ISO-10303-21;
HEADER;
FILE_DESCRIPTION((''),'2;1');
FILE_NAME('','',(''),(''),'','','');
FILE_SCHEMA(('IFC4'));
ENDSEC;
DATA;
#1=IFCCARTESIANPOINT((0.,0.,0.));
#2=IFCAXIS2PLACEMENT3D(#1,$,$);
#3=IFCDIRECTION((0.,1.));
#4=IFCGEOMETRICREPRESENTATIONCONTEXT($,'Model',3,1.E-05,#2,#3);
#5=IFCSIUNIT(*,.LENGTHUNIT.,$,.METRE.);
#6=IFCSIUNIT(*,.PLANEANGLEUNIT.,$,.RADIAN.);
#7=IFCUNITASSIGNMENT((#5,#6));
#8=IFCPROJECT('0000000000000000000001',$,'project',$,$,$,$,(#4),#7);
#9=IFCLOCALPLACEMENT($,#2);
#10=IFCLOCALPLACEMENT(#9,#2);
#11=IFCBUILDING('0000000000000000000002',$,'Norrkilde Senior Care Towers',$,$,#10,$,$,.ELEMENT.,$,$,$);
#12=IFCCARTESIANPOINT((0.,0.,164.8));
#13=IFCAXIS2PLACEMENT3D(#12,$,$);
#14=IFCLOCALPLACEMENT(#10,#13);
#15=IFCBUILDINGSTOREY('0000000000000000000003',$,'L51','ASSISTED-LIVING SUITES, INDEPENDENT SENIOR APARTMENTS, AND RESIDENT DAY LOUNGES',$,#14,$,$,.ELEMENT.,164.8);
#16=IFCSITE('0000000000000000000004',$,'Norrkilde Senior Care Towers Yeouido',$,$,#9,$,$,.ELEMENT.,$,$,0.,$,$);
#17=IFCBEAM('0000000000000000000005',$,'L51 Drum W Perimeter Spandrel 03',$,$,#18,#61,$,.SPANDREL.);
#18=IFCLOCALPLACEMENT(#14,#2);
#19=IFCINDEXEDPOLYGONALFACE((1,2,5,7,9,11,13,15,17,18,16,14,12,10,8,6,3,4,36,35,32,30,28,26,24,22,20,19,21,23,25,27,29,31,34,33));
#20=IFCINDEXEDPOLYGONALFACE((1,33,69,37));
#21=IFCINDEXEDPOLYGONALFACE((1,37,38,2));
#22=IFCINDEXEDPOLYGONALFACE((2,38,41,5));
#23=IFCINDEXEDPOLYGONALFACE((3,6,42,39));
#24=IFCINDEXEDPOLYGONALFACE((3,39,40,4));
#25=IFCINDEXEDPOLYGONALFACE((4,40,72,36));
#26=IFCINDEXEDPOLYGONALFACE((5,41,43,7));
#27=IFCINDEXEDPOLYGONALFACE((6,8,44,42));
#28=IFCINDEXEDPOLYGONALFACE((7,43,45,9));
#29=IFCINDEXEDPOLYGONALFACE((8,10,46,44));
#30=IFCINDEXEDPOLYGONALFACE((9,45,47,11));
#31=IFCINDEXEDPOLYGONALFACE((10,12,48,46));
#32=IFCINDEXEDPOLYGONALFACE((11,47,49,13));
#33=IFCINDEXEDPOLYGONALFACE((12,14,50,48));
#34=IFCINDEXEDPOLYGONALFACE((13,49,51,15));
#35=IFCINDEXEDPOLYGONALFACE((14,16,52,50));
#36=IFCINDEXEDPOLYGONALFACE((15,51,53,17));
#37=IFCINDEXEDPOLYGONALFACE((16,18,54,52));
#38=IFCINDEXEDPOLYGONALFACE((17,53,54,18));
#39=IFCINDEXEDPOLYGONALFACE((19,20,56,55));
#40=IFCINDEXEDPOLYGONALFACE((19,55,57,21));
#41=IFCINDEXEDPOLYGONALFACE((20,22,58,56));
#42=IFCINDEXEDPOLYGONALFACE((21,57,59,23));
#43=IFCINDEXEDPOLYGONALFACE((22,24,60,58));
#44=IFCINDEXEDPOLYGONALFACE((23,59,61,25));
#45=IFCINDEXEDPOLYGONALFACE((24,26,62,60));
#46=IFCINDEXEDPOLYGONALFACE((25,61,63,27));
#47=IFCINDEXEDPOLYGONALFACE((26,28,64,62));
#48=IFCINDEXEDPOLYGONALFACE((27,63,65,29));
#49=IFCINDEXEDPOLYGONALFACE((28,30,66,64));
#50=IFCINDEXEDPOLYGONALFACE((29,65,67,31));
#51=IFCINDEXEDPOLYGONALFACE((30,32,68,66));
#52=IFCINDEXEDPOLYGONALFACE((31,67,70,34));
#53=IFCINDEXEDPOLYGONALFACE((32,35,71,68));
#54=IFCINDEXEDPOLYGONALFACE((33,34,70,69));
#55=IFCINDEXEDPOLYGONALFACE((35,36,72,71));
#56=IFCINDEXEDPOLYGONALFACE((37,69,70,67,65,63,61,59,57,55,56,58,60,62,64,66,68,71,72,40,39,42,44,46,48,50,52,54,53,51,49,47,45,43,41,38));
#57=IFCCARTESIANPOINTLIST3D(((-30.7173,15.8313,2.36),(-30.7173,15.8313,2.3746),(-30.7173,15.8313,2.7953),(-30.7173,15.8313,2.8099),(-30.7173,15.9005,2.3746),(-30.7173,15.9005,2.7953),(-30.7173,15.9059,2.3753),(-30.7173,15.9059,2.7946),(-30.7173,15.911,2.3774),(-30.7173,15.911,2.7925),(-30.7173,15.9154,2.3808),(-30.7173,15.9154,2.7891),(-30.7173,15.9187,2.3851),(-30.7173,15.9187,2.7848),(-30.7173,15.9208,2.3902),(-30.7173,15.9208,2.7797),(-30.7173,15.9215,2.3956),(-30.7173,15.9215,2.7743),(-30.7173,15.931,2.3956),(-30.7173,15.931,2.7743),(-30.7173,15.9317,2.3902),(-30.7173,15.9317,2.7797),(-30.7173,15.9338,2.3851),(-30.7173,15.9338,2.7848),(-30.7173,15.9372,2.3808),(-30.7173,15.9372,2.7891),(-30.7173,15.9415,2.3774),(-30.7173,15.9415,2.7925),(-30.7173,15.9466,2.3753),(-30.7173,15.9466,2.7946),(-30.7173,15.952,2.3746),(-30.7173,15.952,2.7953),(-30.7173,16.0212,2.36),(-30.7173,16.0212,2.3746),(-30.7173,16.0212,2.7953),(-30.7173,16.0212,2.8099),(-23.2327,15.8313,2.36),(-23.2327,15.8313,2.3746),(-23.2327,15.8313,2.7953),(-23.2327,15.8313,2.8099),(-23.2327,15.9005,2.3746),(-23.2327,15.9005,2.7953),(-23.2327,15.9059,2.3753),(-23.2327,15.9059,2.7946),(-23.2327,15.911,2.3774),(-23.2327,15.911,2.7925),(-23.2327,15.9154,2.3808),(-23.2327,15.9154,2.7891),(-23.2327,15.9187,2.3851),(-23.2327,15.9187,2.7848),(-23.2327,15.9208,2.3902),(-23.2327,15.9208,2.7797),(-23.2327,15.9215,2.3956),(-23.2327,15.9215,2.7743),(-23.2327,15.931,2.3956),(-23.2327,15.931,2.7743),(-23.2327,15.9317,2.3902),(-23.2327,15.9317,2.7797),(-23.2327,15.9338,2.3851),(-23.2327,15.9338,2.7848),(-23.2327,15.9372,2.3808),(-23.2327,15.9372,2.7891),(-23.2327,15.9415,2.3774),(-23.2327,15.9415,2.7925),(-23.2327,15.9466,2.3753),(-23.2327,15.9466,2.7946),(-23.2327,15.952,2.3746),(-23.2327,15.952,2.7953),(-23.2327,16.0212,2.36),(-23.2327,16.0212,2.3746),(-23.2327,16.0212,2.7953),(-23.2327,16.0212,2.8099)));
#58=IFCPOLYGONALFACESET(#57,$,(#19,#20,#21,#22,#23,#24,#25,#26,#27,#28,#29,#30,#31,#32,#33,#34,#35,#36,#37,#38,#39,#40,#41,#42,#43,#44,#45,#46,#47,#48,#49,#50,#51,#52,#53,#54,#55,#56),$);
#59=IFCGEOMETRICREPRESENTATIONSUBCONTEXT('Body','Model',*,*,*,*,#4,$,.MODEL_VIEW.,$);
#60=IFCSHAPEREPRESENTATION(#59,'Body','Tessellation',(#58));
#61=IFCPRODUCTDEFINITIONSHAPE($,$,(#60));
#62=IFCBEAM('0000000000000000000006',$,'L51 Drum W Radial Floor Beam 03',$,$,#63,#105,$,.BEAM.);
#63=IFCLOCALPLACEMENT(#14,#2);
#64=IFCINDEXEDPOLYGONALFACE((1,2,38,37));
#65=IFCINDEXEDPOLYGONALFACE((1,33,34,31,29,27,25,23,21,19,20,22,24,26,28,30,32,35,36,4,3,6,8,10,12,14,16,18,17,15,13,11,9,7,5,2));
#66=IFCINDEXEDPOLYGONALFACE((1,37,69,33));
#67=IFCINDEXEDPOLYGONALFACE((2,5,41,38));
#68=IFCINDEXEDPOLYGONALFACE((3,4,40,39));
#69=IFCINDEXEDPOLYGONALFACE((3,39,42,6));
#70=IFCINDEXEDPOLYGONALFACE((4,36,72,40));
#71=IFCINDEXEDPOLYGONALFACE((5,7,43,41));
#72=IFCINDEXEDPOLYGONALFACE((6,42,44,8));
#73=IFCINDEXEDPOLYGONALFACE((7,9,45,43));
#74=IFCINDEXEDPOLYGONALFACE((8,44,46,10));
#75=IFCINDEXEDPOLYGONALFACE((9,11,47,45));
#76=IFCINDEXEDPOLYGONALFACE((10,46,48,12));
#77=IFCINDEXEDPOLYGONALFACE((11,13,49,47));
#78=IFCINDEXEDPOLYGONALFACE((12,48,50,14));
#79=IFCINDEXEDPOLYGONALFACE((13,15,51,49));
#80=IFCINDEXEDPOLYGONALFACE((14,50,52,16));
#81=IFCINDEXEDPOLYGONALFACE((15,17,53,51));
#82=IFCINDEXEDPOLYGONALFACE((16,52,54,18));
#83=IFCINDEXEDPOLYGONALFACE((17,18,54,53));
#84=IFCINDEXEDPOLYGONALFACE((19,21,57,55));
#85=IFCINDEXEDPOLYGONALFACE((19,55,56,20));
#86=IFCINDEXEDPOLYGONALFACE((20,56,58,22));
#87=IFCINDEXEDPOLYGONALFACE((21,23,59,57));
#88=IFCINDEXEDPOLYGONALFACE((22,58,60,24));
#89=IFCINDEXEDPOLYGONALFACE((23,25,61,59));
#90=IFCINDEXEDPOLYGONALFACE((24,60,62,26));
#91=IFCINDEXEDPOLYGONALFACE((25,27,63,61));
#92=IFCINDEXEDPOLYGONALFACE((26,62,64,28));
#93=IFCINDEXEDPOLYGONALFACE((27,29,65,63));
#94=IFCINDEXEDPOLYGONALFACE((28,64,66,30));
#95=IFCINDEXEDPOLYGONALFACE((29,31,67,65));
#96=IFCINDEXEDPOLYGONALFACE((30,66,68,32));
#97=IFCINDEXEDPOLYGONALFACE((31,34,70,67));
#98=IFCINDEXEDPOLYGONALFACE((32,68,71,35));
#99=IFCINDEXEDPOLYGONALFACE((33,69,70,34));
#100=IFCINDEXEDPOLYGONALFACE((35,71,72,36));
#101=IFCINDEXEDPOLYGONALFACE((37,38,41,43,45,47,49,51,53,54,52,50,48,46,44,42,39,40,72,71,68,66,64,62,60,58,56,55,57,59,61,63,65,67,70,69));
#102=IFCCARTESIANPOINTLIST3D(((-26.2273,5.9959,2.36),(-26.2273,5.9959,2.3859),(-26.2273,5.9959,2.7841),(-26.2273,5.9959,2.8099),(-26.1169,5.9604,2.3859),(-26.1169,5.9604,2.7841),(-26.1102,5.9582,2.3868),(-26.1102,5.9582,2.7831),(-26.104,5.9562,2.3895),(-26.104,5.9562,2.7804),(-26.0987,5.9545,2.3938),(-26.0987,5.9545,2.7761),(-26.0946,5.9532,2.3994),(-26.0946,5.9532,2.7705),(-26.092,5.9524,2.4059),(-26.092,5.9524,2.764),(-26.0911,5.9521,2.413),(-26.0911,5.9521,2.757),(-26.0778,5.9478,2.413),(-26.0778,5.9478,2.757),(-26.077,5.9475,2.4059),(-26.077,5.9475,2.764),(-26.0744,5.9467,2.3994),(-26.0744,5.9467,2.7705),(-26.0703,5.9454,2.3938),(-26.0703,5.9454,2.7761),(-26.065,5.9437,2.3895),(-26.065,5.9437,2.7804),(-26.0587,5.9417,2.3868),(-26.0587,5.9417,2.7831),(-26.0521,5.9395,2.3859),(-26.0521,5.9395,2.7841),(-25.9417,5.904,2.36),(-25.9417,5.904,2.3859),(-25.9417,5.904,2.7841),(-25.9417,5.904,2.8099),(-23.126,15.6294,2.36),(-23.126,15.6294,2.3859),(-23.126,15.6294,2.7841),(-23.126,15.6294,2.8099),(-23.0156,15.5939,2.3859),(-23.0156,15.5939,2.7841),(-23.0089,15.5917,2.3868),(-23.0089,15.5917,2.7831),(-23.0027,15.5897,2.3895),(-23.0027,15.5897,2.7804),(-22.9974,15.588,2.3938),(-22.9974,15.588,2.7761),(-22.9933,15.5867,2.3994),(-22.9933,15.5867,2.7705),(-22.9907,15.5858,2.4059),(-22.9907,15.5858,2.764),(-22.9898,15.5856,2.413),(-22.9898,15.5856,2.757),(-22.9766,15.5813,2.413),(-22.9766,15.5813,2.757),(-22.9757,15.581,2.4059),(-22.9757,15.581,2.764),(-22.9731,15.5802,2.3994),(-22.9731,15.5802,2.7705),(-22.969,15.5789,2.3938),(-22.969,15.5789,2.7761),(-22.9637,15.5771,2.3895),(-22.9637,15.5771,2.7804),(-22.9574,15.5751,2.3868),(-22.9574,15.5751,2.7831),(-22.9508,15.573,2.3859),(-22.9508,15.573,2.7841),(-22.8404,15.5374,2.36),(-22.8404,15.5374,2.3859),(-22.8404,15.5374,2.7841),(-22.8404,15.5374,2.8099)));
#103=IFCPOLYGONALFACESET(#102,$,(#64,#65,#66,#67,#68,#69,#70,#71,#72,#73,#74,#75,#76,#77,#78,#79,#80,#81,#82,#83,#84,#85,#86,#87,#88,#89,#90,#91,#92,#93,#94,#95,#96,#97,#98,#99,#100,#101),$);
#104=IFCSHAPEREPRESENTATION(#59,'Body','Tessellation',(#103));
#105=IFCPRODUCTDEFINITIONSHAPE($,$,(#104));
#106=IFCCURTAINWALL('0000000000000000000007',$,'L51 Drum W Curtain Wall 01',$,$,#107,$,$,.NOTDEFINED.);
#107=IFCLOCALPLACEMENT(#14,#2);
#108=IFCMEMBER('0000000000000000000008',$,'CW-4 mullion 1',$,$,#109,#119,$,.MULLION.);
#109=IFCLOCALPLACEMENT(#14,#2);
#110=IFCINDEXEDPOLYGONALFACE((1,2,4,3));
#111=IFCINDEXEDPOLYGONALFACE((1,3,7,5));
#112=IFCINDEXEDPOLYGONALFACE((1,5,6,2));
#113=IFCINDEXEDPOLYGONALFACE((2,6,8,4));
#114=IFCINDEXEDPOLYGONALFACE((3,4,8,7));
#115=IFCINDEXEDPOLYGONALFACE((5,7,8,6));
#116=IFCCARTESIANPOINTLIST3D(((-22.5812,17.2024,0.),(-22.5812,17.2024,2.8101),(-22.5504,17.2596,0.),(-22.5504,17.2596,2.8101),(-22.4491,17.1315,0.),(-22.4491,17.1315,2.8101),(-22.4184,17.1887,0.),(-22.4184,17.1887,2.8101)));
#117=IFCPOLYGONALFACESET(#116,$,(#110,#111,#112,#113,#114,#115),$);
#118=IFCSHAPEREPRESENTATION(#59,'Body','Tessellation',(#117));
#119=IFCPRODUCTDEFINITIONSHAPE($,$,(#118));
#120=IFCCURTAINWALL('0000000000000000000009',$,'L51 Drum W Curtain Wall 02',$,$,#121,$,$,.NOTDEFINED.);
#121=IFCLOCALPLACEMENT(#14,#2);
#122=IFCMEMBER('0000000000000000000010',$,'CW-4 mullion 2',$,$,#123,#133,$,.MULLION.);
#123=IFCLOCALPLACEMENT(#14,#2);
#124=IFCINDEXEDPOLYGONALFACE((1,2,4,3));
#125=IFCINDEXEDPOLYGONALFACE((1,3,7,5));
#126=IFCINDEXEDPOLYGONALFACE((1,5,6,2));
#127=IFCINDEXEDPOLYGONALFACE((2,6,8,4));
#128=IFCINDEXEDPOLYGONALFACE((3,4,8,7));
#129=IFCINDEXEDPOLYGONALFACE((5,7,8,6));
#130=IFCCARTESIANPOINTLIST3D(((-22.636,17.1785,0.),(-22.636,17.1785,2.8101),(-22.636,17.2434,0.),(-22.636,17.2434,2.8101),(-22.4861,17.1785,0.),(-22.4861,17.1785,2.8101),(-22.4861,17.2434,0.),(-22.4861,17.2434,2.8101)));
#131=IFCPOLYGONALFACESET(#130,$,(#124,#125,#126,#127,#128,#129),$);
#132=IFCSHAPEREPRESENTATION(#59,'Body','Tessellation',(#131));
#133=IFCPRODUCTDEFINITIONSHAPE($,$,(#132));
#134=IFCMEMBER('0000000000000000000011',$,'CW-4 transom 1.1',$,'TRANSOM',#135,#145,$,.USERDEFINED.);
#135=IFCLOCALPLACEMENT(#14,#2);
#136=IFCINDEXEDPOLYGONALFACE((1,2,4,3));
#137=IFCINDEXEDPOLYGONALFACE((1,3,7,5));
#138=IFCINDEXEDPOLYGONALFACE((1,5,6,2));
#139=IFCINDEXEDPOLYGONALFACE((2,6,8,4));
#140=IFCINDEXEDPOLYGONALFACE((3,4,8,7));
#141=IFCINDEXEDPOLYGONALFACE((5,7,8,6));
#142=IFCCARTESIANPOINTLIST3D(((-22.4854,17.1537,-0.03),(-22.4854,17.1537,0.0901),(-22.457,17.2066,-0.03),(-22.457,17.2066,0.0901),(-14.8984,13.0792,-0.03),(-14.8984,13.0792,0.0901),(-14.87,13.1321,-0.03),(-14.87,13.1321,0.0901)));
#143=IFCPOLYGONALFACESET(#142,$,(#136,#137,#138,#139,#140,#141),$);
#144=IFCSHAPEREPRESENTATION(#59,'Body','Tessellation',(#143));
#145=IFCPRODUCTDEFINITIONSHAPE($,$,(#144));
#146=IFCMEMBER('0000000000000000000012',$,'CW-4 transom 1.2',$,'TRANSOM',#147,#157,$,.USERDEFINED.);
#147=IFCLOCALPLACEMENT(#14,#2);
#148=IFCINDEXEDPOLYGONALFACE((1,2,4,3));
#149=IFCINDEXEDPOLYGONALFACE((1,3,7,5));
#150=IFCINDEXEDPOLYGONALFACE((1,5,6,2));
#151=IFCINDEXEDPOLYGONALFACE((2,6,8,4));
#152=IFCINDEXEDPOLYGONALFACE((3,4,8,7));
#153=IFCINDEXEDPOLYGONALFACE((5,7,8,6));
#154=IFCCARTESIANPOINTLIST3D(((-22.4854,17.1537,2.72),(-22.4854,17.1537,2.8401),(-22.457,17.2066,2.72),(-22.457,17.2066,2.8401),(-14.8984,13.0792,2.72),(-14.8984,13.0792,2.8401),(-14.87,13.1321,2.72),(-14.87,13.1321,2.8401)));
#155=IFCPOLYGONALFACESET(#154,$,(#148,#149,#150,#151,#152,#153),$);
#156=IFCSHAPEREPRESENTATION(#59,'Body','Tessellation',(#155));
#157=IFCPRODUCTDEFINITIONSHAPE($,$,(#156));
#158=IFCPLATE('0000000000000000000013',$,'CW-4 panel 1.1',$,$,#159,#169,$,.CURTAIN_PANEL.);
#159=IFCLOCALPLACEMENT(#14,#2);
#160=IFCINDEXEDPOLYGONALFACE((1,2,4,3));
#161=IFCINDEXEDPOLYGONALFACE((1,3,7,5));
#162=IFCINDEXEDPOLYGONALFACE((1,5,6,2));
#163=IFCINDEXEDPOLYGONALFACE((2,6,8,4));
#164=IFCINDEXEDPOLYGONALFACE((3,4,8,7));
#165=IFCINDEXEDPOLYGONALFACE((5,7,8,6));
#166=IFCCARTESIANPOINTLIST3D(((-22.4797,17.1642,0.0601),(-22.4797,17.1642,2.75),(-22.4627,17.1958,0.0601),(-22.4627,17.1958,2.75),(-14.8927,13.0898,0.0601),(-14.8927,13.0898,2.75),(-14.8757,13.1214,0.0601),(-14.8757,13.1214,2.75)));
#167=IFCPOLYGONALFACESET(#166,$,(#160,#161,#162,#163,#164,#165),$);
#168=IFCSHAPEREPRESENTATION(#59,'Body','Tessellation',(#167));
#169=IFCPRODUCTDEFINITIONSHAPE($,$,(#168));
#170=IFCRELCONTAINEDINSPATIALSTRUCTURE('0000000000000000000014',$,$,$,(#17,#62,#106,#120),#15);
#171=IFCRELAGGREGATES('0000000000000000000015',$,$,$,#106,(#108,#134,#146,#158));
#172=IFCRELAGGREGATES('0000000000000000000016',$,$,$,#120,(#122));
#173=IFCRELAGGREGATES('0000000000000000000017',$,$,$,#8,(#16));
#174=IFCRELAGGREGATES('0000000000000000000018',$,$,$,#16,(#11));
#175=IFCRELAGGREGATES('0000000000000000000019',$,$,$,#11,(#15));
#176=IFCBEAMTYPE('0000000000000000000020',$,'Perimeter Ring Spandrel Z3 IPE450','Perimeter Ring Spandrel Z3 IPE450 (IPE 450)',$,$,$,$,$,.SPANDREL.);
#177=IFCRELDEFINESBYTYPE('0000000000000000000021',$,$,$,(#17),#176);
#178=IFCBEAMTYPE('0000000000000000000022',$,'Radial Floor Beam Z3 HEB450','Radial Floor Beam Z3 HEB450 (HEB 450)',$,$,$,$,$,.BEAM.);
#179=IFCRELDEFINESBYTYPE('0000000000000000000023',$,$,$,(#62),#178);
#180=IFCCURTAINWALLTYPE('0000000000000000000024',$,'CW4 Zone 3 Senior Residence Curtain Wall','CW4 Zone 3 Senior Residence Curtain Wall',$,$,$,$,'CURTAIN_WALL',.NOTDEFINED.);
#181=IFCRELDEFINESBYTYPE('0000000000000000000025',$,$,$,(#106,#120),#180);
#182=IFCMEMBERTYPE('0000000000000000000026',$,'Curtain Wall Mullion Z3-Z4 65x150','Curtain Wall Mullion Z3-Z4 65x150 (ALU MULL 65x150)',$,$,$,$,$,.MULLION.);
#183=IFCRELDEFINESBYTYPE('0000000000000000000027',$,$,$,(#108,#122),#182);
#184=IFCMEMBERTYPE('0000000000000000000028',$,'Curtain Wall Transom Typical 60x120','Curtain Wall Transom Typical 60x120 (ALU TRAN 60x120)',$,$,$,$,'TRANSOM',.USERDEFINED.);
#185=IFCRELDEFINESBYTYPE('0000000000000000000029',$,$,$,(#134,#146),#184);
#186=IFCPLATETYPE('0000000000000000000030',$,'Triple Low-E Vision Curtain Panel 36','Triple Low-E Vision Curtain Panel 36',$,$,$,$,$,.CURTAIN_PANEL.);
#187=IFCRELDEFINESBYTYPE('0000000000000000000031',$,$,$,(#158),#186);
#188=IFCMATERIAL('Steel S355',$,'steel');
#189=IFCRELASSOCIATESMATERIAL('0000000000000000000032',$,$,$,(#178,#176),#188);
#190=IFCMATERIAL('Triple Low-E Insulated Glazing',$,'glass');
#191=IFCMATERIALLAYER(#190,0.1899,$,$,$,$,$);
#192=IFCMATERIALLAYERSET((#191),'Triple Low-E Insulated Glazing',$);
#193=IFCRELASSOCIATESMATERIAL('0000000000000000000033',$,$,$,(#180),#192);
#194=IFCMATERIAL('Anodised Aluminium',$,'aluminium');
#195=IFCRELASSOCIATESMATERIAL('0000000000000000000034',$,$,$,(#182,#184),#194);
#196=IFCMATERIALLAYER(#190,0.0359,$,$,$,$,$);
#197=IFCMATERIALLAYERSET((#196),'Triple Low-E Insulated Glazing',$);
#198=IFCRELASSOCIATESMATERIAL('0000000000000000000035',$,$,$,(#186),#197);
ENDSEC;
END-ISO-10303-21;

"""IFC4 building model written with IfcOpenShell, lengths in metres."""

from ifc_helpers import new_model, si_unit, direction, frame, origin, origin_2d, place, context, subcontext, project, spatial, rectangle, i_section, extrude, source, transform, mapped, material, layer, layer_set, material_profile, profile_set, type_object, type_shapes, element, aggregate, save


model = new_model("IFC4")

# Units and contexts
model_context = context("Model", 3, precision=1e-05, world=origin(), true_north=direction((0.0, 1.0)))
body_context = subcontext(model_context, "Body", "Model", "MODEL_VIEW")
ifc_project = project(units=[si_unit("LENGTHUNIT", "METRE"), si_unit("PLANEANGLEUNIT", "RADIAN")], contexts=[model_context])

# Site, building, storey
site_placement = place(None, origin())
site = spatial("IfcSite", under=ifc_project, at=site_placement, Name="Norrkilde Senior Care Towers Yeouido", CompositionType="ELEMENT", RefElevation=0.0)
building_placement = place(site_placement, origin())
building = spatial("IfcBuilding", under=site, at=building_placement, Name="Norrkilde Senior Care Towers", CompositionType="ELEMENT")
storey_placement = place(building_placement, frame((0.0, 0.0, 164.8)))
storey = spatial("IfcBuildingStorey", under=building, at=storey_placement, Name="L51", Description="ASSISTED-LIVING SUITES, INDEPENDENT SENIOR APARTMENTS, AND RESIDENT DAY LOUNGES", CompositionType="ELEMENT", Elevation=164.8)

# Beams
ifc_material_1 = material(Name="Steel S355", Category="steel")
ifc_material_profile_1 = material_profile(ifc_material_1, i_section(OverallWidth=0.3, OverallDepth=0.45, WebThickness=0.0139, FlangeThickness=0.0259, FilletRadius=0.0271, at=origin_2d()), Name="HEB 450")
ifc_profile_set_1 = profile_set([ifc_material_profile_1], Name="Steel S355")
beam_type_1 = type_object("IfcBeamType", Name="Radial Floor Beam Z3 HEB450", Description="Radial Floor Beam Z3 HEB450 (HEB 450)", PredefinedType="BEAM", material=ifc_profile_set_1)
ifc_material_profile_2 = material_profile(ifc_material_1, i_section(OverallWidth=0.1899, OverallDepth=0.45, WebThickness=0.0095, FlangeThickness=0.0146, FilletRadius=0.021, at=origin_2d()), Name="IPE 450")
ifc_profile_set_2 = profile_set([ifc_material_profile_2], Name="Steel S355")
beam_type_2 = type_object("IfcBeamType", Name="Perimeter Ring Spandrel Z3 IPE450", Description="Perimeter Ring Spandrel Z3 IPE450 (IPE 450)", PredefinedType="SPANDREL", material=ifc_profile_set_2)
shared_shape_1 = source(origin(), body_context, "Body", "SweptSolid", [
    extrude(i_section(OverallWidth=0.1899, OverallDepth=0.45, WebThickness=0.0095, FlangeThickness=0.0146, FilletRadius=0.021, at=origin_2d()), origin(), (0.0, 0.0, 1.0), 7.4846),
])
type_shapes(beam_type_2, [shared_shape_1])
beam_1_placement = place(storey_placement, frame((-23.2327, 15.9263, 2.585), z_axis=(-1.0, 0.0, 0.0), x_axis=(0.0, -1.0, 0.0)))
element("IfcBeam", 1, at=beam_1_placement, inside=storey, type_object=beam_type_2, Name="L51 Drum W Perimeter Spandrel 03", PredefinedType="SPANDREL", context=body_context, shape_type="MappedRepresentation", body=[
    mapped(shared_shape_1, transform((0.0, 0.0, 0.0), x_axis=(1.0, 0.0, 0.0), y_axis=(0.0, 1.0, 0.0), z_axis=(0.0, 0.0, 1.0), scale=1.0)),
])
shared_shape_2 = source(origin(), body_context, "Body", "SweptSolid", [
    extrude(i_section(OverallWidth=0.3, OverallDepth=0.45, WebThickness=0.0139, FlangeThickness=0.0259, FilletRadius=0.0271, at=origin_2d()), origin(), (0.0, 0.0, 1.0), 10.1204),
])
beam_2_placement = place(storey_placement, frame((-26.0845, 5.95, 2.585), z_axis=(0.306441, 0.95189, 0.0), x_axis=(-0.95189, 0.306441, 0.0)))
element("IfcBeam", 2, at=beam_2_placement, inside=storey, type_object=beam_type_1, Name="L51 Drum W Radial Floor Beam 03", PredefinedType="BEAM", context=body_context, shape_type="MappedRepresentation", body=[
    mapped(shared_shape_2, transform((0.0, 0.0, 0.0), x_axis=(1.0, 0.0, 0.0), y_axis=(0.0, 1.0, 0.0), z_axis=(0.0, 0.0, 1.0), scale=1.0)),
])

# Curtain walls, members
ifc_material_2 = material(Name="Triple Low-E Insulated Glazing", Category="glass")
ifc_layer_1 = layer(ifc_material_2, 0.1899)
ifc_layer_set_1 = layer_set([ifc_layer_1], Name="Triple Low-E Insulated Glazing")
curtain_wall_type = type_object("IfcCurtainWallType", Name="CW4 Zone 3 Senior Residence Curtain Wall", Description="CW4 Zone 3 Senior Residence Curtain Wall", ElementType="CURTAIN_WALL", PredefinedType="NOTDEFINED", material=ifc_layer_set_1)
curtain_wall_1_placement = place(storey_placement, origin())
curtain_wall_1 = element("IfcCurtainWall", 3, at=curtain_wall_1_placement, inside=storey, type_object=curtain_wall_type, Name="L51 Drum W Curtain Wall 01", PredefinedType="NOTDEFINED")
ifc_material_3 = material(Name="Anodised Aluminium", Category="aluminium")
ifc_material_profile_3 = material_profile(ifc_material_3, rectangle(XDim=0.0649, YDim=0.1499, at=origin_2d()), Name="ALU MULL 65x150")
ifc_profile_set_3 = profile_set([ifc_material_profile_3], Name="Anodised Aluminium")
member_type_1 = type_object("IfcMemberType", Name="Curtain Wall Mullion Z3-Z4 65x150", Description="Curtain Wall Mullion Z3-Z4 65x150 (ALU MULL 65x150)", PredefinedType="MULLION", material=ifc_profile_set_3)
shared_shape_3 = source(origin(), body_context, "Body", "SweptSolid", [
    extrude(rectangle(XDim=0.0649, YDim=0.1499, at=origin_2d()), origin(), (0.0, 0.0, 1.0), 2.8101),
])
type_shapes(member_type_1, [shared_shape_3])
member_1_placement = place(storey_placement, frame((-22.4998, 17.1956, 0.0), z_axis=(0.0, 0.0, 1.0), x_axis=(0.473117, 0.881, 0.0)))
member_1 = element("IfcMember", 4, at=member_1_placement, type_object=member_type_1, Name="CW-4 mullion 1", PredefinedType="MULLION", context=body_context, shape_type="MappedRepresentation", body=[
    mapped(shared_shape_3, transform((0.0, 0.0, 0.0), x_axis=(1.0, 0.0, 0.0), y_axis=(0.0, 1.0, 0.0), z_axis=(0.0, 0.0, 1.0), scale=1.0)),
])
curtain_wall_2_placement = place(storey_placement, origin())
curtain_wall_2 = element("IfcCurtainWall", 5, at=curtain_wall_2_placement, inside=storey, type_object=curtain_wall_type, Name="L51 Drum W Curtain Wall 02", PredefinedType="NOTDEFINED")
member_2_placement = place(storey_placement, frame((-22.561, 17.2109, 0.0), z_axis=(0.0, 0.0, 1.0), x_axis=(0.0, 1.0, 0.0)))
member_2 = element("IfcMember", 6, at=member_2_placement, type_object=member_type_1, Name="CW-4 mullion 2", PredefinedType="MULLION", context=body_context, shape_type="MappedRepresentation", body=[
    mapped(shared_shape_3, transform((0.0, 0.0, 0.0), x_axis=(1.0, 0.0, 0.0), y_axis=(0.0, 1.0, 0.0), z_axis=(0.0, 0.0, 1.0), scale=1.0)),
])

# Members
ifc_material_profile_4 = material_profile(ifc_material_3, rectangle(XDim=0.0601, YDim=0.1201, at=origin_2d()), Name="ALU TRAN 60x120")
ifc_profile_set_4 = profile_set([ifc_material_profile_4], Name="Anodised Aluminium")
member_type_2 = type_object("IfcMemberType", Name="Curtain Wall Transom Typical 60x120", Description="Curtain Wall Transom Typical 60x120 (ALU TRAN 60x120)", ElementType="TRANSOM", PredefinedType="USERDEFINED", material=ifc_profile_set_4)
shared_shape_4 = source(origin(), body_context, "Body", "SweptSolid", [
    extrude(rectangle(XDim=0.0601, YDim=0.1201, at=origin_2d()), origin(), (0.0, 0.0, 1.0), 8.6118),
])
type_shapes(member_type_2, [shared_shape_4])
member_3_placement = place(storey_placement, frame((-22.4712, 17.1802, 0.03), z_axis=(0.880994, -0.473127, 0.0), x_axis=(0.473127, 0.880994, 0.0)))
member_3 = element("IfcMember", 7, at=member_3_placement, type_object=member_type_2, Name="CW-4 transom 1.1", ObjectType="TRANSOM", PredefinedType="USERDEFINED", context=body_context, shape_type="MappedRepresentation", body=[
    mapped(shared_shape_4, transform((0.0, 0.0, 0.0), x_axis=(1.0, 0.0, 0.0), y_axis=(0.0, 1.0, 0.0), z_axis=(0.0, 0.0, 1.0), scale=1.0)),
])
member_4_placement = place(storey_placement, frame((-22.4712, 17.1802, 2.78), z_axis=(0.880994, -0.473127, 0.0), x_axis=(0.473127, 0.880994, 0.0)))
member_4 = element("IfcMember", 8, at=member_4_placement, type_object=member_type_2, Name="CW-4 transom 1.2", ObjectType="TRANSOM", PredefinedType="USERDEFINED", context=body_context, shape_type="MappedRepresentation", body=[
    mapped(shared_shape_4, transform((0.0, 0.0, 0.0), x_axis=(1.0, 0.0, 0.0), y_axis=(0.0, 1.0, 0.0), z_axis=(0.0, 0.0, 1.0), scale=1.0)),
])

# Plate
ifc_layer_2 = layer(ifc_material_2, 0.0359)
ifc_layer_set_2 = layer_set([ifc_layer_2], Name="Triple Low-E Insulated Glazing")
plate_type = type_object("IfcPlateType", Name="Triple Low-E Vision Curtain Panel 36", Description="Triple Low-E Vision Curtain Panel 36", PredefinedType="CURTAIN_PANEL", material=ifc_layer_set_2)
shared_shape_5 = source(origin(), body_context, "Body", "SweptSolid", [
    extrude(rectangle(XDim=8.6118, YDim=0.0359, at=origin_2d()), origin(), (0.0, 0.0, 1.0), 2.6899),
])
plate_1_placement = place(storey_placement, frame((-18.6777, 15.1428, 0.0601), z_axis=(0.0, 0.0, 1.0), x_axis=(0.881, -0.473117, 0.0)))
plate_1 = element("IfcPlate", 9, at=plate_1_placement, type_object=plate_type, Name="CW-4 panel 1.1", PredefinedType="CURTAIN_PANEL", context=body_context, shape_type="MappedRepresentation", body=[
    mapped(shared_shape_5, transform((0.0, 0.0, 0.0), x_axis=(1.0, 0.0, 0.0), y_axis=(0.0, 1.0, 0.0), z_axis=(0.0, 0.0, 1.0), scale=1.0)),
])
aggregate(curtain_wall_1, [member_1, member_3, member_4, plate_1])
aggregate(curtain_wall_2, [member_2])

save(model, "model.ifc")
